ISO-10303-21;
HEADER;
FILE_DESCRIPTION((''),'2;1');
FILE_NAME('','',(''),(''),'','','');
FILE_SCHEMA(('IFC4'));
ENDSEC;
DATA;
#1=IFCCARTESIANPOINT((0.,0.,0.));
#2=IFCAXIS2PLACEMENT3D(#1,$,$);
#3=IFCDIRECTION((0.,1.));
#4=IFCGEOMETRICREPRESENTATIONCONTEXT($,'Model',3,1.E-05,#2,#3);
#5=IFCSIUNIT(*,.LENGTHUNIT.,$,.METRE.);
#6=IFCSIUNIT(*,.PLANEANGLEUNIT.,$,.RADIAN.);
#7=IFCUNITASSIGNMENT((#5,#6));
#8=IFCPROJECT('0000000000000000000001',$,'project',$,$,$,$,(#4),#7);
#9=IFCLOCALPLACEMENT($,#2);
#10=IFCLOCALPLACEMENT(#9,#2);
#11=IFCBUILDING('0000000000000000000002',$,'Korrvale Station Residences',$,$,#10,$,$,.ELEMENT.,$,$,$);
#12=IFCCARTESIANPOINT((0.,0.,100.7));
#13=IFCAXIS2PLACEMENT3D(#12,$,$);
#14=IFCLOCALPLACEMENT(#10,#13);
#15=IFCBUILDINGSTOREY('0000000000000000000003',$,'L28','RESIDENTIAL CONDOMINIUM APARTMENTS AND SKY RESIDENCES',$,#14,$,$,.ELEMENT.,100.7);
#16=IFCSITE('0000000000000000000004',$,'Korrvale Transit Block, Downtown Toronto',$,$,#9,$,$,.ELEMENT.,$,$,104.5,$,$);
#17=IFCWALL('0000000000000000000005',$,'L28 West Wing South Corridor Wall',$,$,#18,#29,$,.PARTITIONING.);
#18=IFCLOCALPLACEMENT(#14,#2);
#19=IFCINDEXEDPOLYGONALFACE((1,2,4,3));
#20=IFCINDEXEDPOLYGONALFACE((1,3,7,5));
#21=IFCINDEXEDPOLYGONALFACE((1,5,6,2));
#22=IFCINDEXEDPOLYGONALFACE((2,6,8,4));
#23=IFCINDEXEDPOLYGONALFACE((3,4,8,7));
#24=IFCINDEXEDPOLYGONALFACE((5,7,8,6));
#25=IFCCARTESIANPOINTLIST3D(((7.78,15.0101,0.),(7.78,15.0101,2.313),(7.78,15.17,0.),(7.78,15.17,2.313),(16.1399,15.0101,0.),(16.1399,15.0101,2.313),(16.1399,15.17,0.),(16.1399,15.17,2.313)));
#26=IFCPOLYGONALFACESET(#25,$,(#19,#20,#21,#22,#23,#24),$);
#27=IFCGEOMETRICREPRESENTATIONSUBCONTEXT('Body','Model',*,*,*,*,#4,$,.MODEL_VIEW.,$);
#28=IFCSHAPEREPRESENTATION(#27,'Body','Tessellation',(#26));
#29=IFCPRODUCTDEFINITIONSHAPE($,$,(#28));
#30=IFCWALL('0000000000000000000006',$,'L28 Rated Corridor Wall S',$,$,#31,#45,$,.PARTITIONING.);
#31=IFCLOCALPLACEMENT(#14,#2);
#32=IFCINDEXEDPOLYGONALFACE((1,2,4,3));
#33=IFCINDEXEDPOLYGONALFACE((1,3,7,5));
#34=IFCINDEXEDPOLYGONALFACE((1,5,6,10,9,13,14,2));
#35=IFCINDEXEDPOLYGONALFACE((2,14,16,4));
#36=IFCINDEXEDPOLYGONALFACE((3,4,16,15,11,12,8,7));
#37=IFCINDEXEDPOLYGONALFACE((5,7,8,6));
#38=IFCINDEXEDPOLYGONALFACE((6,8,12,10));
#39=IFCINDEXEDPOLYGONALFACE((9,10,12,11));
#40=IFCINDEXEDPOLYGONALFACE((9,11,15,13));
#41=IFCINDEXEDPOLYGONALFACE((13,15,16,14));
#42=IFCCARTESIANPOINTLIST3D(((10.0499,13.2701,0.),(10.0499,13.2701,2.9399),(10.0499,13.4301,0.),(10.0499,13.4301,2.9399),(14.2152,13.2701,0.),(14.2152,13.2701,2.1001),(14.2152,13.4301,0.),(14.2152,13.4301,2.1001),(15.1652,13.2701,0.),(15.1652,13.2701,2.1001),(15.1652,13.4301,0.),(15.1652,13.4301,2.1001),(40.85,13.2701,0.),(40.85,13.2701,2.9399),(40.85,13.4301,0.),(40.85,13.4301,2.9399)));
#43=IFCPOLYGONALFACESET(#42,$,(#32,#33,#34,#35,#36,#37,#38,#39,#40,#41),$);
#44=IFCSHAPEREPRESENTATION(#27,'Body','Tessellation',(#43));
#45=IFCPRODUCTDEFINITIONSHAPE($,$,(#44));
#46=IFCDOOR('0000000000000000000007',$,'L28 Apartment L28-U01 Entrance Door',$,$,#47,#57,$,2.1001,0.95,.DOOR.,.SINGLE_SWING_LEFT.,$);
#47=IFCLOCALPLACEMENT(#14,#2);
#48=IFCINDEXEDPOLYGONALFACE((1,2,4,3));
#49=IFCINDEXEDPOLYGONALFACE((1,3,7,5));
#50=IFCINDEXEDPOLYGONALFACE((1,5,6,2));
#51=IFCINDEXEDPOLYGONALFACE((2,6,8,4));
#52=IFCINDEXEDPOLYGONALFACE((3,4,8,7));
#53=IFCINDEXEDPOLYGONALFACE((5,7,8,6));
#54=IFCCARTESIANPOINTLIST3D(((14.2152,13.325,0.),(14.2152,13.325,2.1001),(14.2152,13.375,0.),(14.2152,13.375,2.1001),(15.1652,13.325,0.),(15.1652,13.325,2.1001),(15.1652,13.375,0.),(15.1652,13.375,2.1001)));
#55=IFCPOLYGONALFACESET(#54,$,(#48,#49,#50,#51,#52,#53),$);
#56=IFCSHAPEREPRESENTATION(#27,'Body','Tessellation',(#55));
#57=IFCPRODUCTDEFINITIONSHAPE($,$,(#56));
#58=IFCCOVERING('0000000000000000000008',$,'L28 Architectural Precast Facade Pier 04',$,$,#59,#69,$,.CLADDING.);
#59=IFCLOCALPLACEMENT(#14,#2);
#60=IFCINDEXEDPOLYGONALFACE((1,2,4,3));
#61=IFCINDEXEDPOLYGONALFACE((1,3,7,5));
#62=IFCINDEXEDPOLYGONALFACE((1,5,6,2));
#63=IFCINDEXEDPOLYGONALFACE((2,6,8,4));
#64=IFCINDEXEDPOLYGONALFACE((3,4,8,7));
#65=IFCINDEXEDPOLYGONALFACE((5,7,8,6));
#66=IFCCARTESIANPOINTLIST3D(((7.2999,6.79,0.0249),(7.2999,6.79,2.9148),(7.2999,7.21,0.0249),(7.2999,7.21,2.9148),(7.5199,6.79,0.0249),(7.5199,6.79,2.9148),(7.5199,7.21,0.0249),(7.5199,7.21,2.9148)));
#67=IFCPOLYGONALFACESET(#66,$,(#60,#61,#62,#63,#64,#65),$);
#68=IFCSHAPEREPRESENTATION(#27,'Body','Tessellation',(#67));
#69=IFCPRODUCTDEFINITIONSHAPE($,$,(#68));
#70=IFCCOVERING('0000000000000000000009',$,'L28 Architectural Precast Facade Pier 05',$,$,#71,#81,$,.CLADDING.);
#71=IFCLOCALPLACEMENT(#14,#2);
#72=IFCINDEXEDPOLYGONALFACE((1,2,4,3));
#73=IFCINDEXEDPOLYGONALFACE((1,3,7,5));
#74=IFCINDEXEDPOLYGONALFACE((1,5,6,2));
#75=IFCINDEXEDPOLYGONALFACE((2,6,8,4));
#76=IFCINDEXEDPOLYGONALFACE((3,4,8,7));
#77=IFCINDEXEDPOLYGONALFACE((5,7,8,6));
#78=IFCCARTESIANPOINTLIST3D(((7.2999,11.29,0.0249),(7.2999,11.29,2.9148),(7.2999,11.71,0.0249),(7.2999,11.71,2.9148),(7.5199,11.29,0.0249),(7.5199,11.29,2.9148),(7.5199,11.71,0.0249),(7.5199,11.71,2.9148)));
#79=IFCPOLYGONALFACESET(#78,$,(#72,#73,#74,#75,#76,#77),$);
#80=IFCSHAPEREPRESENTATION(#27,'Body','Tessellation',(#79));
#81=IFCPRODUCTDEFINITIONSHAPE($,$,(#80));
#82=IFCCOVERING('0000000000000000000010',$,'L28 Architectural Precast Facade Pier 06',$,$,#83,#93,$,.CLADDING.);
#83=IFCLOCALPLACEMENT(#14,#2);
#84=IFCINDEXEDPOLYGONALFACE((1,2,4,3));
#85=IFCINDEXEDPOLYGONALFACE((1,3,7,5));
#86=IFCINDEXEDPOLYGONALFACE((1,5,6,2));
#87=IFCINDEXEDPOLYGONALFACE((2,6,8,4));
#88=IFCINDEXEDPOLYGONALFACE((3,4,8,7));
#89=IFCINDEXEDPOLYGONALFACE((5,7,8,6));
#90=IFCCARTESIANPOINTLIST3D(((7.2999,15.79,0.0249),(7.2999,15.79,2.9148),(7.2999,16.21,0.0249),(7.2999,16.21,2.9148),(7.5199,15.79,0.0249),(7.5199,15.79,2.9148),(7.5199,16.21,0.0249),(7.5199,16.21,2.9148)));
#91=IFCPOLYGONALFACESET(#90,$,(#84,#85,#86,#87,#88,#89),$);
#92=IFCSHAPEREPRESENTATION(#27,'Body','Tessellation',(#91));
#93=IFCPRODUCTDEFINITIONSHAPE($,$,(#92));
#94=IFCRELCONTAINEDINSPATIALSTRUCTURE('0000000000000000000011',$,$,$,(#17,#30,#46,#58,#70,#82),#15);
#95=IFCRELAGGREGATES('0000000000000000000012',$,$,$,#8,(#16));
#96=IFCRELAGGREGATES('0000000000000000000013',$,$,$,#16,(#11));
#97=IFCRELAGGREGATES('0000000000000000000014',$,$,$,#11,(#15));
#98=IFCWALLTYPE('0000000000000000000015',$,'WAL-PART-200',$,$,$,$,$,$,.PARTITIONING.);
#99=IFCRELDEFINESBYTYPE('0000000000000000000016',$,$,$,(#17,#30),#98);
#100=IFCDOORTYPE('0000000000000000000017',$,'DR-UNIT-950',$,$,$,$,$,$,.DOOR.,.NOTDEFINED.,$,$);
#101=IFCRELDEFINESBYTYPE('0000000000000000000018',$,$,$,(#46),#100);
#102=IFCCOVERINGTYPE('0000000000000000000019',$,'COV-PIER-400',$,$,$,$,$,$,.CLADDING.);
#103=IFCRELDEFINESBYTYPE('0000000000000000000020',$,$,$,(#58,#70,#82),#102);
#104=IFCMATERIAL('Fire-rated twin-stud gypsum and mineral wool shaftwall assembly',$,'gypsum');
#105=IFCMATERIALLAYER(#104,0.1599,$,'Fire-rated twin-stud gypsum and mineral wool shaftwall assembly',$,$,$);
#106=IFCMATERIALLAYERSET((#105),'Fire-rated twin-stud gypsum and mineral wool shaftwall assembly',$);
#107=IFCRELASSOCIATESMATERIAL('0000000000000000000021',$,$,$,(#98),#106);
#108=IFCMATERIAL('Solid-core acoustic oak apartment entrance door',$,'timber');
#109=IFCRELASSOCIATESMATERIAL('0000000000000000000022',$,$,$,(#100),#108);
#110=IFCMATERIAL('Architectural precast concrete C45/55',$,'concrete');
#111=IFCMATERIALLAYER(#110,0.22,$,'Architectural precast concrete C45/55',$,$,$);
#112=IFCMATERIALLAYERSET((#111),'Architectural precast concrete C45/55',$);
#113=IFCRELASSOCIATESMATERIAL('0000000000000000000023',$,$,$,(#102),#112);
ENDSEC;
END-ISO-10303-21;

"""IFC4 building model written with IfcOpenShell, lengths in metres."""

from ifc_helpers import new_model, si_unit, direction, frame, frame_2d, origin, origin_2d, place, context, subcontext, project, spatial, rectangle, extrude, material, layer, layer_set, type_object, element, fill, save


model = new_model("IFC4")

# Units and contexts
model_context = context("Model", 3, precision=1e-05, world=origin(), true_north=direction((0.0, 1.0)))
body_context = subcontext(model_context, "Body", "Model", "MODEL_VIEW")
ifc_project = project(units=[si_unit("LENGTHUNIT", "METRE"), si_unit("PLANEANGLEUNIT", "RADIAN")], contexts=[model_context])

# Site, building, storey
site_placement = place(None, origin())
site = spatial("IfcSite", under=ifc_project, at=site_placement, Name="Korrvale Transit Block, Downtown Toronto", CompositionType="ELEMENT", RefElevation=104.5)
building_placement = place(site_placement, origin())
building = spatial("IfcBuilding", under=site, at=building_placement, Name="Korrvale Station Residences", CompositionType="ELEMENT")
storey_placement = place(building_placement, frame((0.0, 0.0, 100.7)))
storey = spatial("IfcBuildingStorey", under=building, at=storey_placement, Name="L28", Description="RESIDENTIAL CONDOMINIUM APARTMENTS AND SKY RESIDENCES", CompositionType="ELEMENT", Elevation=100.7)

# Wall
ifc_material_1 = material(Name="Fire-rated twin-stud gypsum and mineral wool shaftwall assembly", Category="gypsum")
ifc_layer_1 = layer(ifc_material_1, 0.1599, Name="Fire-rated twin-stud gypsum and mineral wool shaftwall assembly")
ifc_layer_set_1 = layer_set([ifc_layer_1], Name="Fire-rated twin-stud gypsum and mineral wool shaftwall assembly")
wall_type_1 = type_object("IfcWallType", Name="WAL-PART-200", PredefinedType="PARTITIONING", material=ifc_layer_set_1)
wall_1_placement = place(storey_placement, frame((7.78, 15.0901, 0.0), z_axis=(0.0, 0.0, 1.0), x_axis=(1.0, 0.0, 0.0)))
element("IfcWall", 1, at=wall_1_placement, inside=storey, type_object=wall_type_1, Name="L28 West Wing South Corridor Wall", PredefinedType="PARTITIONING", context=body_context, shape_type="SweptSolid", body=[
    extrude(rectangle(XDim=8.3599, YDim=0.1599, at=frame_2d((4.1799, 0.0))), origin(), (0.0, 0.0, 1.0), 2.313),
])

# Wall, opening, door
wall_2_placement = place(storey_placement, frame((10.05, 13.3501, 0.0), z_axis=(0.0, 0.0, 1.0), x_axis=(1.0, 0.0, 0.0)))
wall_2 = element("IfcWall", 2, at=wall_2_placement, inside=storey, type_object=wall_type_1, Name="L28 Rated Corridor Wall S", PredefinedType="PARTITIONING", context=body_context, shape_type="SweptSolid", body=[
    extrude(rectangle(XDim=30.8, YDim=0.1599, at=frame_2d((15.3999, 0.0))), origin(), (0.0, 0.0, 1.0), 2.9399),
])
opening_1_placement = place(wall_2_placement, frame((4.165, 0.0, 0.0)))
opening_1 = element("IfcOpeningElement", 3, at=opening_1_placement, cuts=wall_2, PredefinedType="OPENING", context=body_context, shape_type="SweptSolid", body=[
    extrude(rectangle(XDim=0.95, YDim=2.1001, at=frame_2d((0.4751, 1.05))), frame((0.0, 0.0898, 0.0), z_axis=(0.0, -1.0, 0.0), x_axis=(1.0, 0.0, 0.0)), (0.0, 0.0, 1.0), 0.1799),
])
ifc_material_2 = material(Name="Solid-core acoustic oak apartment entrance door", Category="timber")
door_type_1 = type_object("IfcDoorType", Name="DR-UNIT-950", OperationType="NOTDEFINED", PredefinedType="DOOR", material=ifc_material_2)
door_1_placement = place(opening_1_placement, origin())
door_1 = element("IfcDoor", 4, at=door_1_placement, inside=storey, type_object=door_type_1, Name="L28 Apartment L28-U01 Entrance Door", OperationType="SINGLE_SWING_LEFT", OverallHeight=2.1001, OverallWidth=0.95, PredefinedType="DOOR", context=body_context, shape_type="SweptSolid", body=[
    extrude(rectangle(XDim=0.95, YDim=2.1001, at=frame_2d((0.4751, 1.05))), frame((0.0, 0.0249, 0.0), z_axis=(0.0, -1.0, 0.0), x_axis=(1.0, 0.0, 0.0)), (0.0, 0.0, 1.0), 0.05),
])
fill(opening_1, door_1)

# Coverings
ifc_material_3 = material(Name="Architectural precast concrete C45/55", Category="concrete")
ifc_layer_2 = layer(ifc_material_3, 0.22, Name="Architectural precast concrete C45/55")
ifc_layer_set_2 = layer_set([ifc_layer_2], Name="Architectural precast concrete C45/55")
covering_type = type_object("IfcCoveringType", Name="COV-PIER-400", PredefinedType="CLADDING", material=ifc_layer_set_2)
for number, where, z_axis, x_axis, name in (
    (5, (7.4099, 7.0, 0.0249), (0.0, 0.0, 1.0), (0.0, 1.0, 0.0), "L28 Architectural Precast Facade Pier 04"),
    (6, (7.4099, 11.5, 0.0249), (0.0, 0.0, 1.0), (0.0, 1.0, 0.0), "L28 Architectural Precast Facade Pier 05"),
    (7, (7.4099, 16.0, 0.0249), (0.0, 0.0, 1.0), (0.0, 1.0, 0.0), "L28 Architectural Precast Facade Pier 06"),
):
    element("IfcCovering", number, at=place(storey_placement, frame(where, z_axis=z_axis, x_axis=x_axis)), inside=storey, type_object=covering_type, Name=name, PredefinedType="CLADDING", context=body_context, shape_type="SweptSolid", body=[
        extrude(rectangle(XDim=0.4199, YDim=0.22, at=origin_2d()), origin(), (0.0, 0.0, 1.0), 2.8899),
    ])

save(model, "model.ifc")
